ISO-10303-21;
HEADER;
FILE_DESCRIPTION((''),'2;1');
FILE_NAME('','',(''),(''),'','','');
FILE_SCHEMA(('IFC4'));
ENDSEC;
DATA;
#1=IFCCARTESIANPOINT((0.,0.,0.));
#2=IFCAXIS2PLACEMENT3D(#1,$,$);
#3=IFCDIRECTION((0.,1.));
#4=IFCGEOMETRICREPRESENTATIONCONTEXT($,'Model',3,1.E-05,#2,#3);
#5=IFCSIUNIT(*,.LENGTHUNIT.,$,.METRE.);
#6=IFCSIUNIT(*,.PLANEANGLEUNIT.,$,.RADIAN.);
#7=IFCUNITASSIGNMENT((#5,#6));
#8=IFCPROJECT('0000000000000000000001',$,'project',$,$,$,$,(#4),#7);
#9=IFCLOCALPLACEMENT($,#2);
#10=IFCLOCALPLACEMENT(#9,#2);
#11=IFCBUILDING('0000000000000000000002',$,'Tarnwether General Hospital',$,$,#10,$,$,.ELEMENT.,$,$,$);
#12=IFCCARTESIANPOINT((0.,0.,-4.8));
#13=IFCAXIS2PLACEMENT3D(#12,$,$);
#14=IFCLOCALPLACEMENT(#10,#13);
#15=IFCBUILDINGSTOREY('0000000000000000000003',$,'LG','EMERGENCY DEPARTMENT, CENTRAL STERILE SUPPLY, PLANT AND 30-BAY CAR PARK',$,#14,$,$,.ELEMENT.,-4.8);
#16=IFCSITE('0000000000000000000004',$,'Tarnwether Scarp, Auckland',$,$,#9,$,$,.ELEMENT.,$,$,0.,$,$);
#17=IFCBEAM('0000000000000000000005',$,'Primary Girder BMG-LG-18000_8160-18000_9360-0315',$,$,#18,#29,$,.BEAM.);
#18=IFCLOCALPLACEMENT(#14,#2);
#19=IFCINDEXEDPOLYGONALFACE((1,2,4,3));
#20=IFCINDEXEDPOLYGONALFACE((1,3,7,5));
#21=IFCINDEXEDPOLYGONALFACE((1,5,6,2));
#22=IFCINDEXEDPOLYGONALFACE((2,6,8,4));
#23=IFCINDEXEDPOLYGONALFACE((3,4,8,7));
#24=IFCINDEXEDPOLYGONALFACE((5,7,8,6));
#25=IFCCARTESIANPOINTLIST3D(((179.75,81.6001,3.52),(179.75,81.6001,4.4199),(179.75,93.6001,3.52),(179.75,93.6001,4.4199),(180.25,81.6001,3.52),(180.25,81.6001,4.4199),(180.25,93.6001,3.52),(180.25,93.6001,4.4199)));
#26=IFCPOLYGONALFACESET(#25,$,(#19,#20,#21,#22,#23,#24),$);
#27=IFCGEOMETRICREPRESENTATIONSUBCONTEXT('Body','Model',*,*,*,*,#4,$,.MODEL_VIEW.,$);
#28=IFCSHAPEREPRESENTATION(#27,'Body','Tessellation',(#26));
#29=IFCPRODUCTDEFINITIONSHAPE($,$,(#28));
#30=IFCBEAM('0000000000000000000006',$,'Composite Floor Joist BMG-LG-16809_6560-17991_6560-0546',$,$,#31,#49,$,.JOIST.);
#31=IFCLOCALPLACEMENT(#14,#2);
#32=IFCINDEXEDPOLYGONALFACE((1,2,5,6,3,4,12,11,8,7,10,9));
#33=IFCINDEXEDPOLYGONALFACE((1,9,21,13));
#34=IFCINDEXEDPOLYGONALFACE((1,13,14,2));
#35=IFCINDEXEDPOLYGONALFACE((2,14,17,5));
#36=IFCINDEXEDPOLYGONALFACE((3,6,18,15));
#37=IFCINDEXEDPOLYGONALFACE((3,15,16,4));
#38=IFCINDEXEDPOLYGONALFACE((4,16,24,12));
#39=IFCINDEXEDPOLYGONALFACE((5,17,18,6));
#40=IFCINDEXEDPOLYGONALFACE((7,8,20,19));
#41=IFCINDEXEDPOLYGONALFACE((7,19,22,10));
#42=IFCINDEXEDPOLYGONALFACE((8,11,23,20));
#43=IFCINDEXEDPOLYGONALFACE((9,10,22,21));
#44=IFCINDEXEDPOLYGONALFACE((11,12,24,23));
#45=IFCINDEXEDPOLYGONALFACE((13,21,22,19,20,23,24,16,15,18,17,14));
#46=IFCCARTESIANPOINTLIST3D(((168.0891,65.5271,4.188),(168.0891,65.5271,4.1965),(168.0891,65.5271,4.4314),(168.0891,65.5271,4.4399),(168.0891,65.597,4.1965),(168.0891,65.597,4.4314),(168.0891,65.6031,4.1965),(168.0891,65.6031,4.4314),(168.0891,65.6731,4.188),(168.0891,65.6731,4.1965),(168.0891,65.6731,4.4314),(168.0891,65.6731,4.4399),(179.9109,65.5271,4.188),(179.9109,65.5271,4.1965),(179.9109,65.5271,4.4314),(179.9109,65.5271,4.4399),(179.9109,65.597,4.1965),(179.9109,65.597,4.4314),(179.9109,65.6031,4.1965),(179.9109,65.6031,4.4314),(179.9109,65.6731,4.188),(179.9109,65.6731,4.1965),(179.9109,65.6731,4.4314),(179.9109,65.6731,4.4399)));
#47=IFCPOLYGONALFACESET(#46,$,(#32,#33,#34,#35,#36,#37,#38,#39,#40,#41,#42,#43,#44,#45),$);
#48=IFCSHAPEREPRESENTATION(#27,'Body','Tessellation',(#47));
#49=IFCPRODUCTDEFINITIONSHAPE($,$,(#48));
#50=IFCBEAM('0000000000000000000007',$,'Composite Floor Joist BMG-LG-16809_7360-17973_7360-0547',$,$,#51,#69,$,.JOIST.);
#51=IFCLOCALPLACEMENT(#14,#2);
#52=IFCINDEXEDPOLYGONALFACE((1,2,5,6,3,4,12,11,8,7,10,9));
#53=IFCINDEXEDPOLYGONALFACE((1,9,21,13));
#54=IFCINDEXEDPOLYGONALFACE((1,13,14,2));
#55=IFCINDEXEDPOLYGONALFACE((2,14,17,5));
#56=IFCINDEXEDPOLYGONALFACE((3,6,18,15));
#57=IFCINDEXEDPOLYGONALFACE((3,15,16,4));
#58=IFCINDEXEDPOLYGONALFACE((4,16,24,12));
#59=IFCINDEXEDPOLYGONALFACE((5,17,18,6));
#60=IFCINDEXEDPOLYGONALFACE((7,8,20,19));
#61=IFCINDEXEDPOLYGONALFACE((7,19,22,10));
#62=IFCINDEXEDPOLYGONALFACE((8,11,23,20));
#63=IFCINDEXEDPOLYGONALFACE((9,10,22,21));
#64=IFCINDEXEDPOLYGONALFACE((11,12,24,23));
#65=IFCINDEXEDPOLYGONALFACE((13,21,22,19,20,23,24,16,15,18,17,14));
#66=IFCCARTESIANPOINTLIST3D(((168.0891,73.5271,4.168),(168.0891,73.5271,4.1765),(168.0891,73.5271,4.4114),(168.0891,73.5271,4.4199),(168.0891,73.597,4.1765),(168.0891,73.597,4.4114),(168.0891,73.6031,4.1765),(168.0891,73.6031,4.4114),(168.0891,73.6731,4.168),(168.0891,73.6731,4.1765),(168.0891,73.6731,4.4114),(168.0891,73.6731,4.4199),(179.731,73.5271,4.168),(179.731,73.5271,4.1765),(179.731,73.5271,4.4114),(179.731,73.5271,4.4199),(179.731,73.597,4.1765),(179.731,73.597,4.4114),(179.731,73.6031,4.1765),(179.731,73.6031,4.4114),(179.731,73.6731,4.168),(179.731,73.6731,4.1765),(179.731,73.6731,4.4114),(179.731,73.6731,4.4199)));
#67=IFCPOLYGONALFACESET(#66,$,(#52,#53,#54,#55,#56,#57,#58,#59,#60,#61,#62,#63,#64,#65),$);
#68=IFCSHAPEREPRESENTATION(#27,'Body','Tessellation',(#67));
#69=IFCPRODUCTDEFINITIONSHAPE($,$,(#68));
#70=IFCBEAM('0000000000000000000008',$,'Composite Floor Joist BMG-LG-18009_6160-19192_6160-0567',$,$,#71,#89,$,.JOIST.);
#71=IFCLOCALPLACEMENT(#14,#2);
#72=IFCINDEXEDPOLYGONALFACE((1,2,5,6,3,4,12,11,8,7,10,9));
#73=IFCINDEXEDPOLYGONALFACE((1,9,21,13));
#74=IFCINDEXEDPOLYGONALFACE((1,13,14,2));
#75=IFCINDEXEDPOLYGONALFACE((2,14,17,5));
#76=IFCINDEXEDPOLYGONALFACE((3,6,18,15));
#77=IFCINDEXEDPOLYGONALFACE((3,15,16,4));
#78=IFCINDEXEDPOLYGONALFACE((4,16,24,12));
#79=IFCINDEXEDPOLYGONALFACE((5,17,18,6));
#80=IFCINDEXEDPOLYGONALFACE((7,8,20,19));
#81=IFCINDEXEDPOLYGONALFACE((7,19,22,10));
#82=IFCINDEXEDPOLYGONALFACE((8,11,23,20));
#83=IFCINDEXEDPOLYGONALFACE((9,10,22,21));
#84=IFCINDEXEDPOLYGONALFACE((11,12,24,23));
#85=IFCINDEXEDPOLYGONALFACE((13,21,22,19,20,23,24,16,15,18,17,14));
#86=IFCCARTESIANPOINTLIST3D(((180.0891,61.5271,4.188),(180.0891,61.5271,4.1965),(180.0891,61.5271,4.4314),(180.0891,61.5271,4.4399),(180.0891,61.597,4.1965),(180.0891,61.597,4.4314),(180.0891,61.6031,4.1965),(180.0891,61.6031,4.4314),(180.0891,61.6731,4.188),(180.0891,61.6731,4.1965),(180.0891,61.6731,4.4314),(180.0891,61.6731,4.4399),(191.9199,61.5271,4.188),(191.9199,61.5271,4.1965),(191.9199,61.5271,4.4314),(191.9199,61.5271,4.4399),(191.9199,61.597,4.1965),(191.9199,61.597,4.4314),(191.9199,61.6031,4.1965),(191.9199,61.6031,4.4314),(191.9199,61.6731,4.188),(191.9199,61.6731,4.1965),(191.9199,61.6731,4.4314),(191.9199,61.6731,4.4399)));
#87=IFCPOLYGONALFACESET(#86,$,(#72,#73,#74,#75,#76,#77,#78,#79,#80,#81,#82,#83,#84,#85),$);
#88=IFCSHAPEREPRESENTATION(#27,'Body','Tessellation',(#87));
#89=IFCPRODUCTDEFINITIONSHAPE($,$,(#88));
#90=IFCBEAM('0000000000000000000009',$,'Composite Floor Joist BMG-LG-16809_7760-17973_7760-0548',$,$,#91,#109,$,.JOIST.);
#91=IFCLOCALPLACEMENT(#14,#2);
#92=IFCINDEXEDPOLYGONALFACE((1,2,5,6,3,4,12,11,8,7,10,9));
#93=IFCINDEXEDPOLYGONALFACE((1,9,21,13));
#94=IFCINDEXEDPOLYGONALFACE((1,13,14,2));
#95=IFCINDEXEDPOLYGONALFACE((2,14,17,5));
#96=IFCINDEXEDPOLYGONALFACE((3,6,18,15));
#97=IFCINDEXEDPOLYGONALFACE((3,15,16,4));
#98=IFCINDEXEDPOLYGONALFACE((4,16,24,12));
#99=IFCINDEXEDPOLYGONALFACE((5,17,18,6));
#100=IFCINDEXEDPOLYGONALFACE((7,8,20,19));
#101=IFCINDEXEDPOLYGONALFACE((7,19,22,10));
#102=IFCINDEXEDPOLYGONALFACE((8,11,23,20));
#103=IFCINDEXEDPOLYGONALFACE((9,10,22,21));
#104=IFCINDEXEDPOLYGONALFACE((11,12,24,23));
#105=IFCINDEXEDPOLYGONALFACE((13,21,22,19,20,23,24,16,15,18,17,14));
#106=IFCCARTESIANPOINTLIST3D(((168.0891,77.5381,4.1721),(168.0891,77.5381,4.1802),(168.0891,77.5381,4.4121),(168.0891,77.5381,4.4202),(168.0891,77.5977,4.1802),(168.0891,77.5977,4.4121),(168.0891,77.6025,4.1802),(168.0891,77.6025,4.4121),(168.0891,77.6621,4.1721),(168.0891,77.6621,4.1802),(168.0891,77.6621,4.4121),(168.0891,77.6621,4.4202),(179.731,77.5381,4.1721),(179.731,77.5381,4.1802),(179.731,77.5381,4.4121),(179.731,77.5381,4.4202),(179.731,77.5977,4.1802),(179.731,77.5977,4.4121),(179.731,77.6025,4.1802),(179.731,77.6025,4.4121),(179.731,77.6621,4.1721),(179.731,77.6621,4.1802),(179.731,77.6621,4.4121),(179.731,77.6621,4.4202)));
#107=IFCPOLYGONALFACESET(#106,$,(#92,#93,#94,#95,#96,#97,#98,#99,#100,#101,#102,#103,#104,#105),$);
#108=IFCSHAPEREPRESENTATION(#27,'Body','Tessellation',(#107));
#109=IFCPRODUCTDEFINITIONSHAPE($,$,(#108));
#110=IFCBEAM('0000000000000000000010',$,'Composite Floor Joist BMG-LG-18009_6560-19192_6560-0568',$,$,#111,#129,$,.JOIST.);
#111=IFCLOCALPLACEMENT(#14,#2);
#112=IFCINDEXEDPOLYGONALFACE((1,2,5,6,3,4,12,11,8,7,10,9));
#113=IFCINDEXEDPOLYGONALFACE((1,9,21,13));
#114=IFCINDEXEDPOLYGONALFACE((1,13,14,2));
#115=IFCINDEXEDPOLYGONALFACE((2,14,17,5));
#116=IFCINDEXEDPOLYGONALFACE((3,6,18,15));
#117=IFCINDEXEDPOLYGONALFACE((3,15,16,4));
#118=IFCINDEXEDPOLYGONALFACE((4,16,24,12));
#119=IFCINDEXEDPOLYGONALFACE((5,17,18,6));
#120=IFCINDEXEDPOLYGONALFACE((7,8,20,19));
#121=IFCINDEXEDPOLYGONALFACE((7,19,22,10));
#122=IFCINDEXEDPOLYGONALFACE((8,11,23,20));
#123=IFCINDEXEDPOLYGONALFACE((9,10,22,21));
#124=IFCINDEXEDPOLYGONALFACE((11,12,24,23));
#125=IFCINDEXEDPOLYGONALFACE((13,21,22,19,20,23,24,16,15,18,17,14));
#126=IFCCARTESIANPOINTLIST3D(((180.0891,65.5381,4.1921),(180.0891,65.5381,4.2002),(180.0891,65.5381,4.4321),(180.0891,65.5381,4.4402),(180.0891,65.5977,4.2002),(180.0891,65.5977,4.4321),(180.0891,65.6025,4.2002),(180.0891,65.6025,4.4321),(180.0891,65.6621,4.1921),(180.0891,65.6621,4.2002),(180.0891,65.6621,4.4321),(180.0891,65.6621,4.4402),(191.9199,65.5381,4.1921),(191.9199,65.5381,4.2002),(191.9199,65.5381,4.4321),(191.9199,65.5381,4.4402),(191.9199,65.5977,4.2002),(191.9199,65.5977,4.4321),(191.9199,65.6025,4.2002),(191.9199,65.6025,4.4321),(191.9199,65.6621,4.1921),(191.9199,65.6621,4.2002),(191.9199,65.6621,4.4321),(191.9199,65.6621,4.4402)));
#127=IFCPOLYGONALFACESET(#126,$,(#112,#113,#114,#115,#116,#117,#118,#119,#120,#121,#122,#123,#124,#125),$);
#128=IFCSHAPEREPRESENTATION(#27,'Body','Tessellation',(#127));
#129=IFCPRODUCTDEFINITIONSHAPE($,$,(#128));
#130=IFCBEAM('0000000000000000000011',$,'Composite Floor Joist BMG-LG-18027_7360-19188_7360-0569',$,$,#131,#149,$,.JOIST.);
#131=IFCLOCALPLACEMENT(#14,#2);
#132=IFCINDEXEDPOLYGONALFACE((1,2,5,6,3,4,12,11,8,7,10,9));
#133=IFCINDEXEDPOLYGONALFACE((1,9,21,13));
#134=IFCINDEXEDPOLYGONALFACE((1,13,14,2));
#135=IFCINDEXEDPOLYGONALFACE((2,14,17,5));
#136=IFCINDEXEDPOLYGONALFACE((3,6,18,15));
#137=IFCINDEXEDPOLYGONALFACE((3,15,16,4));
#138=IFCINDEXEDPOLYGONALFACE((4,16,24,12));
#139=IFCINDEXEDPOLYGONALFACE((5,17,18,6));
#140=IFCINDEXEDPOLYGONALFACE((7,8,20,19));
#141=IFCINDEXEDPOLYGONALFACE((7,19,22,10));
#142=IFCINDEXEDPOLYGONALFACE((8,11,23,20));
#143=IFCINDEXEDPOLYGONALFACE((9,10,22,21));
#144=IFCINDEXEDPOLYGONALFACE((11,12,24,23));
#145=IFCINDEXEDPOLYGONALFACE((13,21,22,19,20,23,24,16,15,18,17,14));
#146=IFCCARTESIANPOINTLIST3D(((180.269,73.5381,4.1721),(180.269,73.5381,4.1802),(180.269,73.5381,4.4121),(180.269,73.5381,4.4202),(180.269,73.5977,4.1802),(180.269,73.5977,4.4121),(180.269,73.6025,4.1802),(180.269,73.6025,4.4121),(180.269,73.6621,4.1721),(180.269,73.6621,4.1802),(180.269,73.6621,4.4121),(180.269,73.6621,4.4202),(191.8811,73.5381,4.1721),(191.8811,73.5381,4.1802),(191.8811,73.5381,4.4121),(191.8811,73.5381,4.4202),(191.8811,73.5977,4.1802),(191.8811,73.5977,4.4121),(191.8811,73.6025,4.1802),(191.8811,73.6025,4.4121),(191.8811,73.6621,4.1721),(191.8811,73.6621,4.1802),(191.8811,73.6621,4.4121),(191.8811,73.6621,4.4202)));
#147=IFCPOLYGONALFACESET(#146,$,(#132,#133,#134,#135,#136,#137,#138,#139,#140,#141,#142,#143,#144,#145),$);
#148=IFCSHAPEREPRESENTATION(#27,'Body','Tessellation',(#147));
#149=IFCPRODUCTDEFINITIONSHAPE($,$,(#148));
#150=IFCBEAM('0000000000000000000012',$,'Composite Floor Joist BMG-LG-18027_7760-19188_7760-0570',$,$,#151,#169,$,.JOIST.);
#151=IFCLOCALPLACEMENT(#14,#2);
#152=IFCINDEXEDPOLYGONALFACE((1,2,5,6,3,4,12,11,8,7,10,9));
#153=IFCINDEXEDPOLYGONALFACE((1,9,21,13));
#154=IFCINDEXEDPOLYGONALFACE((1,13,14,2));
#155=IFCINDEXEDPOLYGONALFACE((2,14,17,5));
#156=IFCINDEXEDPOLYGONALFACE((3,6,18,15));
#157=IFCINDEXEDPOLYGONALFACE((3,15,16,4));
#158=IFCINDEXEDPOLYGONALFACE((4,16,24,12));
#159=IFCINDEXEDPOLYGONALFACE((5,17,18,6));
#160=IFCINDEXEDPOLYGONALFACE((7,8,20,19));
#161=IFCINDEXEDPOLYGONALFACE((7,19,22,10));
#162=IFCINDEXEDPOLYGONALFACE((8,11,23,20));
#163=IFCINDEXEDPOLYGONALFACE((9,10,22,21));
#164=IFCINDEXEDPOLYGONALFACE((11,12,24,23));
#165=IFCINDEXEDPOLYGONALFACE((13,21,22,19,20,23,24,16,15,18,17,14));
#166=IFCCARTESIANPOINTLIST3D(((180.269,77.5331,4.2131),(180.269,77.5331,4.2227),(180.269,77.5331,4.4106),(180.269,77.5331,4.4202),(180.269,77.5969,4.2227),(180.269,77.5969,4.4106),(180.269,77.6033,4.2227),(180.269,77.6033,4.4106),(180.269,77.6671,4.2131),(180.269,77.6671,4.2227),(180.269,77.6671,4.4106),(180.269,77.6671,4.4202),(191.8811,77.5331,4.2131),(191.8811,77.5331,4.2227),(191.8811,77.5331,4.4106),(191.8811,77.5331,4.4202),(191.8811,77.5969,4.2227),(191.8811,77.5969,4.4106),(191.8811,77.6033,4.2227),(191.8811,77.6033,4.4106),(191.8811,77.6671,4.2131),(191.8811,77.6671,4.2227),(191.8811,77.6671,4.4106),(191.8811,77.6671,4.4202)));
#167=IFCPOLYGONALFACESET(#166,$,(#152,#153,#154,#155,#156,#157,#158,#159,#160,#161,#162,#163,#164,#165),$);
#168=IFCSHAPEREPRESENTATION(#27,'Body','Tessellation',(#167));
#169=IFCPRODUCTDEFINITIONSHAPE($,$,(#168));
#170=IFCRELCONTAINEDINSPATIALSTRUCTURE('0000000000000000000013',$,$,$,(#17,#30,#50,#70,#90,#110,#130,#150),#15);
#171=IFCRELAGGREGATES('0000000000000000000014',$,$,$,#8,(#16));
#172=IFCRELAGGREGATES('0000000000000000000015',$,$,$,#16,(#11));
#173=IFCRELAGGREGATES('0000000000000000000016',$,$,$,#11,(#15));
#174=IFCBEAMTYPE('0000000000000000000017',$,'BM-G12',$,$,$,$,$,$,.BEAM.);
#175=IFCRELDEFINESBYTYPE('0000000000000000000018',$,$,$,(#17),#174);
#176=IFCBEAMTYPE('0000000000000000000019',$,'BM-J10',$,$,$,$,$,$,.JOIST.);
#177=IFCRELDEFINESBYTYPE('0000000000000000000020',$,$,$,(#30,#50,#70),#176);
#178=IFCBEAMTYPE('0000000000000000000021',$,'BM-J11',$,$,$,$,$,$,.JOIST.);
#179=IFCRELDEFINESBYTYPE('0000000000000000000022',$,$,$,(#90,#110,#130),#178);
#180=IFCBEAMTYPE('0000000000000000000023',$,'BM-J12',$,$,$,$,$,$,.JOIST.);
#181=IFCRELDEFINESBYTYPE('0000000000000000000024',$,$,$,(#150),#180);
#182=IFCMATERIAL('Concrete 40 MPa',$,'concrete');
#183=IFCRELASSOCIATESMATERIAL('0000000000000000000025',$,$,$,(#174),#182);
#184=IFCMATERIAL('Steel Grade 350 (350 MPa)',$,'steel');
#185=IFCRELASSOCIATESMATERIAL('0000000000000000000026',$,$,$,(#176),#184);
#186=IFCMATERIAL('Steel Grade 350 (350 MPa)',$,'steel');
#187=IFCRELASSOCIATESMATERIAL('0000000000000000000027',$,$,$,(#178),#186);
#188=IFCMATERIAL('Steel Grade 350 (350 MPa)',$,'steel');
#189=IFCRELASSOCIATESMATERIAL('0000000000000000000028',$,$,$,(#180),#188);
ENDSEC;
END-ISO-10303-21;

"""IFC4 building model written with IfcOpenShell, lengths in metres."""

from ifc_helpers import new_model, si_unit, direction, frame, origin, origin_2d, place, context, subcontext, project, spatial, rectangle, i_section, extrude, material, material_profile, profile_set, type_object, element, save


model = new_model("IFC4")

# Units and contexts
model_context = context("Model", 3, precision=1e-05, world=origin(), true_north=direction((0.0, 1.0)))
body_context = subcontext(model_context, "Body", "Model", "MODEL_VIEW")
ifc_project = project(units=[si_unit("LENGTHUNIT", "METRE"), si_unit("PLANEANGLEUNIT", "RADIAN")], contexts=[model_context])

# Site, building, storey
site_placement = place(None, origin())
site = spatial("IfcSite", under=ifc_project, at=site_placement, Name="Tarnwether Scarp, Auckland", CompositionType="ELEMENT", RefElevation=0.0)
building_placement = place(site_placement, origin())
building = spatial("IfcBuilding", under=site, at=building_placement, Name="Tarnwether General Hospital", CompositionType="ELEMENT")
storey_placement = place(building_placement, frame((0.0, 0.0, -4.8)))
storey = spatial("IfcBuildingStorey", under=building, at=storey_placement, Name="LG", Description="EMERGENCY DEPARTMENT, CENTRAL STERILE SUPPLY, PLANT AND 30-BAY CAR PARK", CompositionType="ELEMENT", Elevation=-4.8)

# Beams
ifc_material_1 = material(Name="Concrete 40 MPa", Category="concrete")
ifc_material_profile_1 = material_profile(ifc_material_1, rectangle(XDim=0.5, YDim=0.8999, at=origin_2d()), Name="RC-BM-500x900")
ifc_profile_set_1 = profile_set([ifc_material_profile_1], Name="Concrete 40 MPa")
beam_type_1 = type_object("IfcBeamType", Name="BM-G12", PredefinedType="BEAM", material=ifc_profile_set_1)
beam_1_placement = place(storey_placement, frame((180.0, 81.6001, 3.97), z_axis=(0.0, 1.0, 0.0), x_axis=(-1.0, 0.0, 0.0)))
element("IfcBeam", 1, at=beam_1_placement, inside=storey, type_object=beam_type_1, Name="Primary Girder BMG-LG-18000_8160-18000_9360-0315", PredefinedType="BEAM", context=body_context, shape_type="SweptSolid", body=[
    extrude(rectangle(XDim=0.5, YDim=0.8999, at=origin_2d()), origin(), (0.0, 0.0, 1.0), 12.0),
])
ifc_material_2 = material(Name="Steel Grade 350 (350 MPa)", Category="steel")
ifc_material_profile_2 = material_profile(ifc_material_2, i_section(OverallWidth=0.146, OverallDepth=0.252, WebThickness=0.0061, FlangeThickness=0.0085, at=origin_2d()), Name="250UB31.4")
ifc_profile_set_2 = profile_set([ifc_material_profile_2], Name="Steel Grade 350 (350 MPa)")
beam_type_2 = type_object("IfcBeamType", Name="BM-J10", PredefinedType="JOIST", material=ifc_profile_set_2)
beam_2_placement = place(storey_placement, frame((168.0891, 65.6001, 4.314), z_axis=(1.0, 0.0, 0.0), x_axis=(0.0, 1.0, 0.0)))
element("IfcBeam", 2, at=beam_2_placement, inside=storey, type_object=beam_type_2, Name="Composite Floor Joist BMG-LG-16809_6560-17991_6560-0546", PredefinedType="JOIST", context=body_context, shape_type="SweptSolid", body=[
    extrude(i_section(OverallWidth=0.146, OverallDepth=0.252, WebThickness=0.0061, FlangeThickness=0.0085, at=origin_2d()), origin(), (0.0, 0.0, 1.0), 11.8218),
])
beam_3_placement = place(storey_placement, frame((168.0891, 73.6001, 4.2939), z_axis=(1.0, 0.0, 0.0), x_axis=(0.0, 1.0, 0.0)))
element("IfcBeam", 3, at=beam_3_placement, inside=storey, type_object=beam_type_2, Name="Composite Floor Joist BMG-LG-16809_7360-17973_7360-0547", PredefinedType="JOIST", context=body_context, shape_type="SweptSolid", body=[
    extrude(i_section(OverallWidth=0.146, OverallDepth=0.252, WebThickness=0.0061, FlangeThickness=0.0085, at=origin_2d()), origin(), (0.0, 0.0, 1.0), 11.6418),
])
beam_4_placement = place(storey_placement, frame((180.0891, 61.6001, 4.314), z_axis=(1.0, 0.0, 0.0), x_axis=(0.0, 1.0, 0.0)))
element("IfcBeam", 4, at=beam_4_placement, inside=storey, type_object=beam_type_2, Name="Composite Floor Joist BMG-LG-18009_6160-19192_6160-0567", PredefinedType="JOIST", context=body_context, shape_type="SweptSolid", body=[
    extrude(i_section(OverallWidth=0.146, OverallDepth=0.252, WebThickness=0.0061, FlangeThickness=0.0085, at=origin_2d()), origin(), (0.0, 0.0, 1.0), 11.8308),
])
ifc_material_3 = material(Name="Steel Grade 350 (350 MPa)", Category="steel")
ifc_material_profile_3 = material_profile(ifc_material_3, i_section(OverallWidth=0.124, OverallDepth=0.248, WebThickness=0.0049, FlangeThickness=0.0081, at=origin_2d()), Name="250UB25.7")
ifc_profile_set_3 = profile_set([ifc_material_profile_3], Name="Steel Grade 350 (350 MPa)")
beam_type_3 = type_object("IfcBeamType", Name="BM-J11", PredefinedType="JOIST", material=ifc_profile_set_3)
beam_5_placement = place(storey_placement, frame((168.0891, 77.6001, 4.2961), z_axis=(1.0, 0.0, 0.0), x_axis=(0.0, 1.0, 0.0)))
element("IfcBeam", 5, at=beam_5_placement, inside=storey, type_object=beam_type_3, Name="Composite Floor Joist BMG-LG-16809_7760-17973_7760-0548", PredefinedType="JOIST", context=body_context, shape_type="SweptSolid", body=[
    extrude(i_section(OverallWidth=0.124, OverallDepth=0.248, WebThickness=0.0049, FlangeThickness=0.0081, at=origin_2d()), origin(), (0.0, 0.0, 1.0), 11.6418),
])
beam_6_placement = place(storey_placement, frame((180.0891, 65.6001, 4.3162), z_axis=(1.0, 0.0, 0.0), x_axis=(0.0, 1.0, 0.0)))
element("IfcBeam", 6, at=beam_6_placement, inside=storey, type_object=beam_type_3, Name="Composite Floor Joist BMG-LG-18009_6560-19192_6560-0568", PredefinedType="JOIST", context=body_context, shape_type="SweptSolid", body=[
    extrude(i_section(OverallWidth=0.124, OverallDepth=0.248, WebThickness=0.0049, FlangeThickness=0.0081, at=origin_2d()), origin(), (0.0, 0.0, 1.0), 11.8308),
])
beam_7_placement = place(storey_placement, frame((180.269, 73.6001, 4.2961), z_axis=(1.0, 0.0, 0.0), x_axis=(0.0, 1.0, 0.0)))
element("IfcBeam", 7, at=beam_7_placement, inside=storey, type_object=beam_type_3, Name="Composite Floor Joist BMG-LG-18027_7360-19188_7360-0569", PredefinedType="JOIST", context=body_context, shape_type="SweptSolid", body=[
    extrude(i_section(OverallWidth=0.124, OverallDepth=0.248, WebThickness=0.0049, FlangeThickness=0.0081, at=origin_2d()), origin(), (0.0, 0.0, 1.0), 11.6121),
])
ifc_material_4 = material(Name="Steel Grade 350 (350 MPa)", Category="steel")
ifc_material_profile_4 = material_profile(ifc_material_4, i_section(OverallWidth=0.134, OverallDepth=0.207, WebThickness=0.0063, FlangeThickness=0.0095, at=origin_2d()), Name="200UB29.8")
ifc_profile_set_4 = profile_set([ifc_material_profile_4], Name="Steel Grade 350 (350 MPa)")
beam_type_4 = type_object("IfcBeamType", Name="BM-J12", PredefinedType="JOIST", material=ifc_profile_set_4)
beam_8_placement = place(storey_placement, frame((180.269, 77.6001, 4.3167), z_axis=(1.0, 0.0, 0.0), x_axis=(0.0, 1.0, 0.0)))
element("IfcBeam", 8, at=beam_8_placement, inside=storey, type_object=beam_type_4, Name="Composite Floor Joist BMG-LG-18027_7760-19188_7760-0570", PredefinedType="JOIST", context=body_context, shape_type="SweptSolid", body=[
    extrude(i_section(OverallWidth=0.134, OverallDepth=0.207, WebThickness=0.0063, FlangeThickness=0.0095, at=origin_2d()), origin(), (0.0, 0.0, 1.0), 11.6121),
])

save(model, "model.ifc")
